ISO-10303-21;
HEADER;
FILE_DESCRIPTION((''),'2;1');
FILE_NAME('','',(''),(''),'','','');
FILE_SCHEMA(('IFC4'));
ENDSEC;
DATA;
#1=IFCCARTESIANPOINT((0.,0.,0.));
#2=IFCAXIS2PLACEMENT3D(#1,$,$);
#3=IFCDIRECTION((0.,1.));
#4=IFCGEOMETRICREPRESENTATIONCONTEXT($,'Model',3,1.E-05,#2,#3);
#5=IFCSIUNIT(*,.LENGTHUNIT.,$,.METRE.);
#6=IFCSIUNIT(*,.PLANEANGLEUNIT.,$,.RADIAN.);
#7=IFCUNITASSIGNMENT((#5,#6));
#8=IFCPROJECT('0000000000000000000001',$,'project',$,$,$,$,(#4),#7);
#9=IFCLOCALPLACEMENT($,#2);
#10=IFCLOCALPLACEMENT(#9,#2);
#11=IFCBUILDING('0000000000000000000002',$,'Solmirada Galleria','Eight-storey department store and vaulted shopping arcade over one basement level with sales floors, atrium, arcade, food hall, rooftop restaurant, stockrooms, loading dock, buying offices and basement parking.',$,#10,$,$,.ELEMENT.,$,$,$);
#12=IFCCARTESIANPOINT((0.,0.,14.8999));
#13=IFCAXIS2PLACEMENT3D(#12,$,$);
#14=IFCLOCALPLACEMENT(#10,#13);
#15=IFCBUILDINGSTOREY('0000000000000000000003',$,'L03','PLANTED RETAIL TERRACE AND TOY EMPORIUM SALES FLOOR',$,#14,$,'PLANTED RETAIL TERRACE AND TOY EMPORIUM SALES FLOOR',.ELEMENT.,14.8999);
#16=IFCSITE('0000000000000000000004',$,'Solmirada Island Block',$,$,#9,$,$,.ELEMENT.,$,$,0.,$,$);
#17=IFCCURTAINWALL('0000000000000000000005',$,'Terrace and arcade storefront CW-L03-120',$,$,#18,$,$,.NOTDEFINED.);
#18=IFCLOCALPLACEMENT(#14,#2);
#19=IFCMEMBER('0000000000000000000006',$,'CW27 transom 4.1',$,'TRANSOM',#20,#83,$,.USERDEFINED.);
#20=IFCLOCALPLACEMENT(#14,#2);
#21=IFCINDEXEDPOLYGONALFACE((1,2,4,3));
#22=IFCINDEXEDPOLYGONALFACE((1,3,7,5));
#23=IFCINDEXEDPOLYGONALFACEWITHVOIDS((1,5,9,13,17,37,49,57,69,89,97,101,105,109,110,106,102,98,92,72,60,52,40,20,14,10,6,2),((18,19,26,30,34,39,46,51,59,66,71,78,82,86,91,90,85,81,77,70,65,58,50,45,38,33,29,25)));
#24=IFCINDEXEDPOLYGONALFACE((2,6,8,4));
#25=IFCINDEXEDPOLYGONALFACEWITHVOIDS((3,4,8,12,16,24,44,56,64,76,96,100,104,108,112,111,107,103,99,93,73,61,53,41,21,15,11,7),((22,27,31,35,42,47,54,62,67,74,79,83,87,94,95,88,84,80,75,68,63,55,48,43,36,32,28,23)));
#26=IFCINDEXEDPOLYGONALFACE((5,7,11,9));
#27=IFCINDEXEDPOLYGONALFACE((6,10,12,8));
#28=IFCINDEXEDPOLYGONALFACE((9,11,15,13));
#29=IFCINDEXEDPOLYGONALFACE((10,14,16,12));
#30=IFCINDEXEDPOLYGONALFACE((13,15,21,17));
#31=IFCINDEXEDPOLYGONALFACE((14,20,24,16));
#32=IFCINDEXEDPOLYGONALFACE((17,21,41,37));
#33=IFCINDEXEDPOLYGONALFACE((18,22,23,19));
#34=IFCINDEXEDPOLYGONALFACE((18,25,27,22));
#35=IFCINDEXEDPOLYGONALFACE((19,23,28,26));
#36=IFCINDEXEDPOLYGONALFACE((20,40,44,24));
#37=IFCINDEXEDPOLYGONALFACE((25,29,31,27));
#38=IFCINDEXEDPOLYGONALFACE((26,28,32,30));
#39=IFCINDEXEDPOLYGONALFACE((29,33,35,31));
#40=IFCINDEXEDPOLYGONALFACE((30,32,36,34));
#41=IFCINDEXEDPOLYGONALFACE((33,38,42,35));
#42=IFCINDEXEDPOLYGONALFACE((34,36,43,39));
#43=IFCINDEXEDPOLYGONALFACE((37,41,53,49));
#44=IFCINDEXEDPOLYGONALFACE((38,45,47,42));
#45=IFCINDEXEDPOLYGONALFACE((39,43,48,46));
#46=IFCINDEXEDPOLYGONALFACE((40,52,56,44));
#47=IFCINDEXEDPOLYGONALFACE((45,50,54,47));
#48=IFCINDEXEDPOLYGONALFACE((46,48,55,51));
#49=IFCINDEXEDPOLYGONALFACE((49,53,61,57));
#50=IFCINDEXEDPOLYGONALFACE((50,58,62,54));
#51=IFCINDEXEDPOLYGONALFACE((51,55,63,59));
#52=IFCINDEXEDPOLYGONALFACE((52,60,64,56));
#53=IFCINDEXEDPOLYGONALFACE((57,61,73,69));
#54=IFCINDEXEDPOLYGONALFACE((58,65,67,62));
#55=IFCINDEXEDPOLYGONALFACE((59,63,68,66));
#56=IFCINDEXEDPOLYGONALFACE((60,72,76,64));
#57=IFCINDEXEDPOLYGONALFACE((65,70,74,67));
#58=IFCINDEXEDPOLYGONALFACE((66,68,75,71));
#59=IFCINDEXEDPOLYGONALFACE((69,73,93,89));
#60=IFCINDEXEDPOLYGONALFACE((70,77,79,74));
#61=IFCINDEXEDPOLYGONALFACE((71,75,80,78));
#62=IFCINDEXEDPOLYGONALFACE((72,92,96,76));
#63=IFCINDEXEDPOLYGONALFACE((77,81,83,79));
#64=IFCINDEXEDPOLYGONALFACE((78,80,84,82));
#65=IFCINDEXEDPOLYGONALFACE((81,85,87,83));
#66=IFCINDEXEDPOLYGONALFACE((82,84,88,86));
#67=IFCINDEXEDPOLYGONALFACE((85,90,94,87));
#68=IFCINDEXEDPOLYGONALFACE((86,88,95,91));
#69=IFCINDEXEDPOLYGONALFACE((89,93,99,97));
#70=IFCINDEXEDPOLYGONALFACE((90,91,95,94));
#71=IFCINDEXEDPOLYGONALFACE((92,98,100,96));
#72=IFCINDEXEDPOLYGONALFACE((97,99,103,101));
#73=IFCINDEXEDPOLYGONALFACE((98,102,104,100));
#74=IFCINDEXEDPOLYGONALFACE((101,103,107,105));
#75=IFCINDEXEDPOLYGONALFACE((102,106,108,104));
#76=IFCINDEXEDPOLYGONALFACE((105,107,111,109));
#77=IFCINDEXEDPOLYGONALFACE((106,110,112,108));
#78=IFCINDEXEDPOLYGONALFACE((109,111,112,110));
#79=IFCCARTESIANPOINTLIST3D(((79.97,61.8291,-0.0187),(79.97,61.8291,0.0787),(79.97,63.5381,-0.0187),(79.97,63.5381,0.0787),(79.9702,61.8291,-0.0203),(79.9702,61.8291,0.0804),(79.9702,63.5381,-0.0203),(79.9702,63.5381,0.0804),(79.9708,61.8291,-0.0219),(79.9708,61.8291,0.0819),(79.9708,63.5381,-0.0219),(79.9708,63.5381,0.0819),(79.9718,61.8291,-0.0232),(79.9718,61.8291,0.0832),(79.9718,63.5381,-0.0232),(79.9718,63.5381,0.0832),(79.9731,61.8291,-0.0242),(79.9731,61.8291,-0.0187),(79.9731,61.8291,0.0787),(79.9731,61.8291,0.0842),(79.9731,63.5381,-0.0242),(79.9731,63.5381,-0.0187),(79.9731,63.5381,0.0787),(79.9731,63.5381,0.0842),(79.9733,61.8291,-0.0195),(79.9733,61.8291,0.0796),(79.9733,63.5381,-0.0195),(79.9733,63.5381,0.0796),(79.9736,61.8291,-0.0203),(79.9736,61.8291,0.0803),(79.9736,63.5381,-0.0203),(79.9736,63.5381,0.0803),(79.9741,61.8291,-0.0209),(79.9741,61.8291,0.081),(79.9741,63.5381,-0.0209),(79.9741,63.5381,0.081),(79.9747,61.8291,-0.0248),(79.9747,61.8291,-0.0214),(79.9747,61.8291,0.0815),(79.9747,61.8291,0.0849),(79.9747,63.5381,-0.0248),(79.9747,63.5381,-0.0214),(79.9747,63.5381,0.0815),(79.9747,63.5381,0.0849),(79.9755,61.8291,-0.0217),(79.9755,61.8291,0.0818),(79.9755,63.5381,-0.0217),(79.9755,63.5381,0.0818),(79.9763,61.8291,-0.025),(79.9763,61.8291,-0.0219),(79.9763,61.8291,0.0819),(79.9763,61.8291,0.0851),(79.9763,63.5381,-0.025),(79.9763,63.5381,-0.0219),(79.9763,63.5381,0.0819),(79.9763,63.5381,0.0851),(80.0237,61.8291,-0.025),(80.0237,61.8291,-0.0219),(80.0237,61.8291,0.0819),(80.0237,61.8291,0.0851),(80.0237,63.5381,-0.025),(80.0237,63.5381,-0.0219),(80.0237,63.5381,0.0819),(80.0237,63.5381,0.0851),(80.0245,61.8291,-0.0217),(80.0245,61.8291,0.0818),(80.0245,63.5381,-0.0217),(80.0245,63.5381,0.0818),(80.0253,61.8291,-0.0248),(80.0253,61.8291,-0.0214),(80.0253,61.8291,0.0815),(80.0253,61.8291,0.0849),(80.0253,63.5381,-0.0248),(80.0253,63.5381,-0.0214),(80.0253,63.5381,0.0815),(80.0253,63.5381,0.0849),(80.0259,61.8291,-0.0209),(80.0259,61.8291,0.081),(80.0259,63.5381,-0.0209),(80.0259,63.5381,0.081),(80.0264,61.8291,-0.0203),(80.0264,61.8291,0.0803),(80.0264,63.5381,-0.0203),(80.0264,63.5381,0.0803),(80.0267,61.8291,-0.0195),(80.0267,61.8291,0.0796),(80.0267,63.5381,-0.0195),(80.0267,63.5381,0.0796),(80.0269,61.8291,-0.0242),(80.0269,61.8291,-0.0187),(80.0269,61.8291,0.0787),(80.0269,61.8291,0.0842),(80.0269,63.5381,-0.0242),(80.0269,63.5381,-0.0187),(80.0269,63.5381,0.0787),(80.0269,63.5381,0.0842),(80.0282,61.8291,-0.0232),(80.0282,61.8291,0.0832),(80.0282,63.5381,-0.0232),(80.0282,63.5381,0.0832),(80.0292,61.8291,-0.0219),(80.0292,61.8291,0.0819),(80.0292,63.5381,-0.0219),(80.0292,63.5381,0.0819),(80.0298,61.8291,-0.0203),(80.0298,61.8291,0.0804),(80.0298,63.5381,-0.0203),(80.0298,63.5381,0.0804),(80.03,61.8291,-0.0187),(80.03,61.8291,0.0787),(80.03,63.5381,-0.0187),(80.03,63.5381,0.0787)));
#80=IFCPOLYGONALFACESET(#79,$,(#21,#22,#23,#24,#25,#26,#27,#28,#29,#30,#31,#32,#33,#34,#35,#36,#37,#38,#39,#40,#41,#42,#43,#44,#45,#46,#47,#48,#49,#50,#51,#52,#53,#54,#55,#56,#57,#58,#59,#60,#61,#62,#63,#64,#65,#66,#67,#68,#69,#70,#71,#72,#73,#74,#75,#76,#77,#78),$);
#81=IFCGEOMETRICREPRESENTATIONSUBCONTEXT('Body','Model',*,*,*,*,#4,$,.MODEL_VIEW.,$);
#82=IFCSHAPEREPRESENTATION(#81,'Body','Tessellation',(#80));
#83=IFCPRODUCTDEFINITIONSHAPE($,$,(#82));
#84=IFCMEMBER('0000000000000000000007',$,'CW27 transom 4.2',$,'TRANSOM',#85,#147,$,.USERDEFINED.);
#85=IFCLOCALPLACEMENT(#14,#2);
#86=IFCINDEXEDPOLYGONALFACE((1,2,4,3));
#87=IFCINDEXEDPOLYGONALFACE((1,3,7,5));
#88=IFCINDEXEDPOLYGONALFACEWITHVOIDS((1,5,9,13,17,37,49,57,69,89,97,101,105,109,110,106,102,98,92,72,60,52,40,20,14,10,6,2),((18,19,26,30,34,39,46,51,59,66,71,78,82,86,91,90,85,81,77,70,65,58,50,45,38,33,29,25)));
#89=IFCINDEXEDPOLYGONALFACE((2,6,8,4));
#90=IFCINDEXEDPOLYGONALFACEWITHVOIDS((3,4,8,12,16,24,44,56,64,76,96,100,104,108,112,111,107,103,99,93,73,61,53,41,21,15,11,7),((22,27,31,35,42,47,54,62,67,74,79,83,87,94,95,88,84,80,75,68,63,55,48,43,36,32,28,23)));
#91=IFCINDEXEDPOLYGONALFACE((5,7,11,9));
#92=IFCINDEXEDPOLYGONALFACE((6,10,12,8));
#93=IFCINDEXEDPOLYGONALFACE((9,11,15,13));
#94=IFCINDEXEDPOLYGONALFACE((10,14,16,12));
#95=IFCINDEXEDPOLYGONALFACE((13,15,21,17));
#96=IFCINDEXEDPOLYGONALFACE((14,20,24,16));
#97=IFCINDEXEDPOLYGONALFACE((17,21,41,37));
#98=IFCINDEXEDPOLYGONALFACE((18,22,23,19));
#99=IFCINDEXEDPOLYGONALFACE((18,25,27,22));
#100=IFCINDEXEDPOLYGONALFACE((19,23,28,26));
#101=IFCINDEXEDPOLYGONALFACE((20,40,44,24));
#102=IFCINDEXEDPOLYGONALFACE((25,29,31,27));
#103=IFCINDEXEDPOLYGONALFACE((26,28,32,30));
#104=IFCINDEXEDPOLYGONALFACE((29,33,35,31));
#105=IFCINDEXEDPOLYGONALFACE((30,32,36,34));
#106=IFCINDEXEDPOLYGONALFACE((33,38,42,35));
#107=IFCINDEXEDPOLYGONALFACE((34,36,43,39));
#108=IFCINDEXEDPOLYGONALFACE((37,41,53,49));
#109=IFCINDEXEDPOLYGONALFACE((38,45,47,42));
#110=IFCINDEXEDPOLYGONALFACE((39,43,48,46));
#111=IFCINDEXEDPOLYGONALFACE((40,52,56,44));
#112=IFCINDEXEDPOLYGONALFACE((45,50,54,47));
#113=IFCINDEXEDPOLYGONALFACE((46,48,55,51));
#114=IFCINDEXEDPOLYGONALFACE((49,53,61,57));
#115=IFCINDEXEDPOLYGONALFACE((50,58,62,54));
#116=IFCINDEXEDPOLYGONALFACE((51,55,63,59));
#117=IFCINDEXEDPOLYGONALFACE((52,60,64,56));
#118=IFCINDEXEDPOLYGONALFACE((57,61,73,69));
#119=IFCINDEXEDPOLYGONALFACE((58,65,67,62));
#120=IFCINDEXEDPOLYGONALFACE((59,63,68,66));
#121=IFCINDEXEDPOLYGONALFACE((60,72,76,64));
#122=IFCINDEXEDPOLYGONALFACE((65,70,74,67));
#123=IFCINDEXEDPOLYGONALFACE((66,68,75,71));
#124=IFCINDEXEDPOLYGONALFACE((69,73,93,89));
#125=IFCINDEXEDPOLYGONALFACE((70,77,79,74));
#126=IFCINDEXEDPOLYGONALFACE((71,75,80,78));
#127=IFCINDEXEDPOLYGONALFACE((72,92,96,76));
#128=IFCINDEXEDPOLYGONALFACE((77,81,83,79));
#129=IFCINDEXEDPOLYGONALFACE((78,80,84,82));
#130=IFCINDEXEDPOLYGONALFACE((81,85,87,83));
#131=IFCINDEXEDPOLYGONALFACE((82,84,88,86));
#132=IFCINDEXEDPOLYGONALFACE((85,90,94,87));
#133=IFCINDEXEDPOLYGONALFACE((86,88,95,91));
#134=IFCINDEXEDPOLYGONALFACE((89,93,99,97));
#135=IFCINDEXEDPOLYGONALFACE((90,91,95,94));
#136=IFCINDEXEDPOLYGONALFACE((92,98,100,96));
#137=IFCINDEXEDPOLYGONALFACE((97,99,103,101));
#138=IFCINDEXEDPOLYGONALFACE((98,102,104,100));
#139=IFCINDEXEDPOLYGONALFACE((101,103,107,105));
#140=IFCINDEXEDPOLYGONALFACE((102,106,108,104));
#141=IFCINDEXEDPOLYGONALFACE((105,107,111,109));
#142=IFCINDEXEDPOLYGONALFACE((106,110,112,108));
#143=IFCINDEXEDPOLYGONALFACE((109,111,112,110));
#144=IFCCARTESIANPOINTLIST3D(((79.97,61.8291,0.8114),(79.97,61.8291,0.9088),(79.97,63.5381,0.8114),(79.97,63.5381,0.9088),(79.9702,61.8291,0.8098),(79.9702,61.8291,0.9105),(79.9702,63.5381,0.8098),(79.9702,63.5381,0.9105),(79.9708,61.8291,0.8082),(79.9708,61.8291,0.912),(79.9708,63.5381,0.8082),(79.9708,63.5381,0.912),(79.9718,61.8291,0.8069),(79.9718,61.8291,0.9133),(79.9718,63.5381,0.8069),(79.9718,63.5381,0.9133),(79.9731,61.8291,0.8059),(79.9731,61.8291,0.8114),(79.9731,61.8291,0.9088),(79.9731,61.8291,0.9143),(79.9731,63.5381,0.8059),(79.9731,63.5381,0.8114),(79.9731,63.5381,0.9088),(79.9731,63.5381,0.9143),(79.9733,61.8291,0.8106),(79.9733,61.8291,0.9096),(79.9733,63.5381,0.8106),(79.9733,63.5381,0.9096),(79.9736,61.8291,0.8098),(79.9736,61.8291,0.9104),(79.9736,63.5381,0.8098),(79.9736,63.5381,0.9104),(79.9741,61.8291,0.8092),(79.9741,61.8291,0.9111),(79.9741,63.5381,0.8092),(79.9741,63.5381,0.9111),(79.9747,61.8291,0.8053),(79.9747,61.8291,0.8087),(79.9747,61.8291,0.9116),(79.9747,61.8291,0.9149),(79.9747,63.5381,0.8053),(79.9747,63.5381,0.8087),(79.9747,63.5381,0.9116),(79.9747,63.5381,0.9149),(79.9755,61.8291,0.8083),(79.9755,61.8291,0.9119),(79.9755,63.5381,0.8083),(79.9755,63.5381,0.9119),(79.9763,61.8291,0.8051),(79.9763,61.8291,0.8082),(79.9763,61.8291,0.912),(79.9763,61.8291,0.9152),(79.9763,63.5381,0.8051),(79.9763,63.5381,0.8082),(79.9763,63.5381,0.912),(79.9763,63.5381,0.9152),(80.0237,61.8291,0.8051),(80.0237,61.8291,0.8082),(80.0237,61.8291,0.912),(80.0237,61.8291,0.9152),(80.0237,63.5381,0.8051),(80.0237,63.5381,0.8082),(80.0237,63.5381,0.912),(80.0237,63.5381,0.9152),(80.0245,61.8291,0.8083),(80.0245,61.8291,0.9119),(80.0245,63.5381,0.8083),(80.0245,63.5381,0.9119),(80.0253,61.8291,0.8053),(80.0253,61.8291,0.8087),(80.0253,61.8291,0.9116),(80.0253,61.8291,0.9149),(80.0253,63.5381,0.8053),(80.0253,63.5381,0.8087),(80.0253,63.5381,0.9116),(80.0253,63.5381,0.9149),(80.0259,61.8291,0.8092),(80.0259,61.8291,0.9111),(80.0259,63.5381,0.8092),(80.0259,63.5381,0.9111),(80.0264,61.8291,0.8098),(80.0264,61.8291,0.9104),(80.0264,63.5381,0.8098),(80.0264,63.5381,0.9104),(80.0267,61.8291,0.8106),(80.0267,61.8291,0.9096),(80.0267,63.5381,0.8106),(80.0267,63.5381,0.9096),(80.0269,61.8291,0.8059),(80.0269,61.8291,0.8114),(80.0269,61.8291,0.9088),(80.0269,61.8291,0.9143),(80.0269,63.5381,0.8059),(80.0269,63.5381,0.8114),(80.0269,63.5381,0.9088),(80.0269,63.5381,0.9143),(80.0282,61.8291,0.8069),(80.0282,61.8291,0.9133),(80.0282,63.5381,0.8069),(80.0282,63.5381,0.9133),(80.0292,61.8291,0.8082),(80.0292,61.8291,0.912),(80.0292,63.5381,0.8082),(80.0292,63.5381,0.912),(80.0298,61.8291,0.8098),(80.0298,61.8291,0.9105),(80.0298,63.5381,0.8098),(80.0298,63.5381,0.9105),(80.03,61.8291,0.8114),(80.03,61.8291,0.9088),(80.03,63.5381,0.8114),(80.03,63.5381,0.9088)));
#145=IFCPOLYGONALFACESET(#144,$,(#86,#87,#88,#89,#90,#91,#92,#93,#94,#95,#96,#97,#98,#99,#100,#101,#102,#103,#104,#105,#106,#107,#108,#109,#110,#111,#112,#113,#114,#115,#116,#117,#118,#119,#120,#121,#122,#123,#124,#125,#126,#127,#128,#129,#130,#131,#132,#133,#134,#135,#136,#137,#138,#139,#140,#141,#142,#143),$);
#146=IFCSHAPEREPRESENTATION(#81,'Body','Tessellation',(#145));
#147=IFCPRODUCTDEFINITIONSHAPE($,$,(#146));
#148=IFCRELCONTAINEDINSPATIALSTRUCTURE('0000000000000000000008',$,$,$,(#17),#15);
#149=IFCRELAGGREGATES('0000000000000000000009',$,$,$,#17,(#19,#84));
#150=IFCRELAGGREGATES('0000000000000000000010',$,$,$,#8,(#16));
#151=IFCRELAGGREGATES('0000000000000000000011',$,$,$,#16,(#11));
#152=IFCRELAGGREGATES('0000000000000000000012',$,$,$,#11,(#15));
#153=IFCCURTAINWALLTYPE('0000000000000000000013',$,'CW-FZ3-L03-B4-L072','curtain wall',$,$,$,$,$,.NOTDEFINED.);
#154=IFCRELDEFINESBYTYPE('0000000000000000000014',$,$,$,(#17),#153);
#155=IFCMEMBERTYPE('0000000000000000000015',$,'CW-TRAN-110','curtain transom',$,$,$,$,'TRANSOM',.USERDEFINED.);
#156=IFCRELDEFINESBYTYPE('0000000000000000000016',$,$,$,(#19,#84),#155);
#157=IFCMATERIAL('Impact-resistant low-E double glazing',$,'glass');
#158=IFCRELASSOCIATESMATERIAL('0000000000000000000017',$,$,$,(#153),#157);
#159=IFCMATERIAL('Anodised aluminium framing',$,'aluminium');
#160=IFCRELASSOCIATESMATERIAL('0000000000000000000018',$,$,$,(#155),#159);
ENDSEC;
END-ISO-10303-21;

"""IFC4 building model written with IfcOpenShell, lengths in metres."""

from ifc_helpers import new_model, si_unit, direction, frame, origin, origin_2d, place, context, subcontext, project, spatial, hollow_rectangle, extrude, material, material_profile, profile_set, type_object, element, aggregate, save


model = new_model("IFC4")

# Units and contexts
model_context = context("Model", 3, precision=1e-05, world=origin(), true_north=direction((0.0, 1.0)))
body_context = subcontext(model_context, "Body", "Model", "MODEL_VIEW")
ifc_project = project(units=[si_unit("LENGTHUNIT", "METRE"), si_unit("PLANEANGLEUNIT", "RADIAN")], contexts=[model_context])

# Site, building, storey
site_placement = place(None, origin())
site = spatial("IfcSite", under=ifc_project, at=site_placement, Name="Solmirada Island Block", CompositionType="ELEMENT", RefElevation=0.0)
building_placement = place(site_placement, origin())
building = spatial("IfcBuilding", under=site, at=building_placement, Name="Solmirada Galleria", Description="Eight-storey department store and vaulted shopping arcade over one basement level with sales floors, atrium, arcade, food hall, rooftop restaurant, stockrooms, loading dock, buying offices and basement parking.", CompositionType="ELEMENT")
storey_placement = place(building_placement, frame((0.0, 0.0, 14.8999)))
storey = spatial("IfcBuildingStorey", under=building, at=storey_placement, Name="L03", Description="PLANTED RETAIL TERRACE AND TOY EMPORIUM SALES FLOOR", LongName="PLANTED RETAIL TERRACE AND TOY EMPORIUM SALES FLOOR", CompositionType="ELEMENT", Elevation=14.8999)

# Curtain wall
ifc_material_1 = material(Name="Impact-resistant low-E double glazing", Category="glass")
curtain_wall_type = type_object("IfcCurtainWallType", Name="CW-FZ3-L03-B4-L072", Description="curtain wall", PredefinedType="NOTDEFINED", material=ifc_material_1)
curtain_wall_1_placement = place(storey_placement, origin())
curtain_wall_1 = element("IfcCurtainWall", 1, at=curtain_wall_1_placement, inside=storey, type_object=curtain_wall_type, Name="Terrace and arcade storefront CW-L03-120", PredefinedType="NOTDEFINED")
ifc_material_2 = material(Name="Anodised aluminium framing", Category="aluminium")

# Members
ifc_material_profile_1 = material_profile(ifc_material_2, hollow_rectangle(XDim=0.0601, YDim=0.1101, WallThickness=0.0032, InnerFilletRadius=0.0032, OuterFilletRadius=0.0063, at=origin_2d()), Name="ALU-TRAN-110X60")
ifc_profile_set_1 = profile_set([ifc_material_profile_1], Name="Anodised aluminium framing")
member_type_1 = type_object("IfcMemberType", Name="CW-TRAN-110", Description="curtain transom", ElementType="TRANSOM", PredefinedType="USERDEFINED", material=ifc_profile_set_1)
member_1_placement = place(storey_placement, frame((80.0, 61.8291, 0.03), z_axis=(0.0, 1.0, 0.0), x_axis=(-1.0, 0.0, 0.0)))
member_1 = element("IfcMember", 2, at=member_1_placement, type_object=member_type_1, Name="CW27 transom 4.1", ObjectType="TRANSOM", PredefinedType="USERDEFINED", context=body_context, shape_type="SweptSolid", body=[
    extrude(hollow_rectangle(XDim=0.0601, YDim=0.1101, WallThickness=0.0032, InnerFilletRadius=0.0032, OuterFilletRadius=0.0063, at=origin_2d()), origin(), (0.0, 0.0, 1.0), 1.709),
])
member_2_placement = place(storey_placement, frame((80.0, 61.8291, 0.8601), z_axis=(0.0, 1.0, 0.0), x_axis=(-1.0, 0.0, 0.0)))
member_2 = element("IfcMember", 3, at=member_2_placement, type_object=member_type_1, Name="CW27 transom 4.2", ObjectType="TRANSOM", PredefinedType="USERDEFINED", context=body_context, shape_type="SweptSolid", body=[
    extrude(hollow_rectangle(XDim=0.0601, YDim=0.1101, WallThickness=0.0032, InnerFilletRadius=0.0032, OuterFilletRadius=0.0063, at=origin_2d()), origin(), (0.0, 0.0, 1.0), 1.709),
])

aggregate(curtain_wall_1, [member_1, member_2])

save(model, "model.ifc")
